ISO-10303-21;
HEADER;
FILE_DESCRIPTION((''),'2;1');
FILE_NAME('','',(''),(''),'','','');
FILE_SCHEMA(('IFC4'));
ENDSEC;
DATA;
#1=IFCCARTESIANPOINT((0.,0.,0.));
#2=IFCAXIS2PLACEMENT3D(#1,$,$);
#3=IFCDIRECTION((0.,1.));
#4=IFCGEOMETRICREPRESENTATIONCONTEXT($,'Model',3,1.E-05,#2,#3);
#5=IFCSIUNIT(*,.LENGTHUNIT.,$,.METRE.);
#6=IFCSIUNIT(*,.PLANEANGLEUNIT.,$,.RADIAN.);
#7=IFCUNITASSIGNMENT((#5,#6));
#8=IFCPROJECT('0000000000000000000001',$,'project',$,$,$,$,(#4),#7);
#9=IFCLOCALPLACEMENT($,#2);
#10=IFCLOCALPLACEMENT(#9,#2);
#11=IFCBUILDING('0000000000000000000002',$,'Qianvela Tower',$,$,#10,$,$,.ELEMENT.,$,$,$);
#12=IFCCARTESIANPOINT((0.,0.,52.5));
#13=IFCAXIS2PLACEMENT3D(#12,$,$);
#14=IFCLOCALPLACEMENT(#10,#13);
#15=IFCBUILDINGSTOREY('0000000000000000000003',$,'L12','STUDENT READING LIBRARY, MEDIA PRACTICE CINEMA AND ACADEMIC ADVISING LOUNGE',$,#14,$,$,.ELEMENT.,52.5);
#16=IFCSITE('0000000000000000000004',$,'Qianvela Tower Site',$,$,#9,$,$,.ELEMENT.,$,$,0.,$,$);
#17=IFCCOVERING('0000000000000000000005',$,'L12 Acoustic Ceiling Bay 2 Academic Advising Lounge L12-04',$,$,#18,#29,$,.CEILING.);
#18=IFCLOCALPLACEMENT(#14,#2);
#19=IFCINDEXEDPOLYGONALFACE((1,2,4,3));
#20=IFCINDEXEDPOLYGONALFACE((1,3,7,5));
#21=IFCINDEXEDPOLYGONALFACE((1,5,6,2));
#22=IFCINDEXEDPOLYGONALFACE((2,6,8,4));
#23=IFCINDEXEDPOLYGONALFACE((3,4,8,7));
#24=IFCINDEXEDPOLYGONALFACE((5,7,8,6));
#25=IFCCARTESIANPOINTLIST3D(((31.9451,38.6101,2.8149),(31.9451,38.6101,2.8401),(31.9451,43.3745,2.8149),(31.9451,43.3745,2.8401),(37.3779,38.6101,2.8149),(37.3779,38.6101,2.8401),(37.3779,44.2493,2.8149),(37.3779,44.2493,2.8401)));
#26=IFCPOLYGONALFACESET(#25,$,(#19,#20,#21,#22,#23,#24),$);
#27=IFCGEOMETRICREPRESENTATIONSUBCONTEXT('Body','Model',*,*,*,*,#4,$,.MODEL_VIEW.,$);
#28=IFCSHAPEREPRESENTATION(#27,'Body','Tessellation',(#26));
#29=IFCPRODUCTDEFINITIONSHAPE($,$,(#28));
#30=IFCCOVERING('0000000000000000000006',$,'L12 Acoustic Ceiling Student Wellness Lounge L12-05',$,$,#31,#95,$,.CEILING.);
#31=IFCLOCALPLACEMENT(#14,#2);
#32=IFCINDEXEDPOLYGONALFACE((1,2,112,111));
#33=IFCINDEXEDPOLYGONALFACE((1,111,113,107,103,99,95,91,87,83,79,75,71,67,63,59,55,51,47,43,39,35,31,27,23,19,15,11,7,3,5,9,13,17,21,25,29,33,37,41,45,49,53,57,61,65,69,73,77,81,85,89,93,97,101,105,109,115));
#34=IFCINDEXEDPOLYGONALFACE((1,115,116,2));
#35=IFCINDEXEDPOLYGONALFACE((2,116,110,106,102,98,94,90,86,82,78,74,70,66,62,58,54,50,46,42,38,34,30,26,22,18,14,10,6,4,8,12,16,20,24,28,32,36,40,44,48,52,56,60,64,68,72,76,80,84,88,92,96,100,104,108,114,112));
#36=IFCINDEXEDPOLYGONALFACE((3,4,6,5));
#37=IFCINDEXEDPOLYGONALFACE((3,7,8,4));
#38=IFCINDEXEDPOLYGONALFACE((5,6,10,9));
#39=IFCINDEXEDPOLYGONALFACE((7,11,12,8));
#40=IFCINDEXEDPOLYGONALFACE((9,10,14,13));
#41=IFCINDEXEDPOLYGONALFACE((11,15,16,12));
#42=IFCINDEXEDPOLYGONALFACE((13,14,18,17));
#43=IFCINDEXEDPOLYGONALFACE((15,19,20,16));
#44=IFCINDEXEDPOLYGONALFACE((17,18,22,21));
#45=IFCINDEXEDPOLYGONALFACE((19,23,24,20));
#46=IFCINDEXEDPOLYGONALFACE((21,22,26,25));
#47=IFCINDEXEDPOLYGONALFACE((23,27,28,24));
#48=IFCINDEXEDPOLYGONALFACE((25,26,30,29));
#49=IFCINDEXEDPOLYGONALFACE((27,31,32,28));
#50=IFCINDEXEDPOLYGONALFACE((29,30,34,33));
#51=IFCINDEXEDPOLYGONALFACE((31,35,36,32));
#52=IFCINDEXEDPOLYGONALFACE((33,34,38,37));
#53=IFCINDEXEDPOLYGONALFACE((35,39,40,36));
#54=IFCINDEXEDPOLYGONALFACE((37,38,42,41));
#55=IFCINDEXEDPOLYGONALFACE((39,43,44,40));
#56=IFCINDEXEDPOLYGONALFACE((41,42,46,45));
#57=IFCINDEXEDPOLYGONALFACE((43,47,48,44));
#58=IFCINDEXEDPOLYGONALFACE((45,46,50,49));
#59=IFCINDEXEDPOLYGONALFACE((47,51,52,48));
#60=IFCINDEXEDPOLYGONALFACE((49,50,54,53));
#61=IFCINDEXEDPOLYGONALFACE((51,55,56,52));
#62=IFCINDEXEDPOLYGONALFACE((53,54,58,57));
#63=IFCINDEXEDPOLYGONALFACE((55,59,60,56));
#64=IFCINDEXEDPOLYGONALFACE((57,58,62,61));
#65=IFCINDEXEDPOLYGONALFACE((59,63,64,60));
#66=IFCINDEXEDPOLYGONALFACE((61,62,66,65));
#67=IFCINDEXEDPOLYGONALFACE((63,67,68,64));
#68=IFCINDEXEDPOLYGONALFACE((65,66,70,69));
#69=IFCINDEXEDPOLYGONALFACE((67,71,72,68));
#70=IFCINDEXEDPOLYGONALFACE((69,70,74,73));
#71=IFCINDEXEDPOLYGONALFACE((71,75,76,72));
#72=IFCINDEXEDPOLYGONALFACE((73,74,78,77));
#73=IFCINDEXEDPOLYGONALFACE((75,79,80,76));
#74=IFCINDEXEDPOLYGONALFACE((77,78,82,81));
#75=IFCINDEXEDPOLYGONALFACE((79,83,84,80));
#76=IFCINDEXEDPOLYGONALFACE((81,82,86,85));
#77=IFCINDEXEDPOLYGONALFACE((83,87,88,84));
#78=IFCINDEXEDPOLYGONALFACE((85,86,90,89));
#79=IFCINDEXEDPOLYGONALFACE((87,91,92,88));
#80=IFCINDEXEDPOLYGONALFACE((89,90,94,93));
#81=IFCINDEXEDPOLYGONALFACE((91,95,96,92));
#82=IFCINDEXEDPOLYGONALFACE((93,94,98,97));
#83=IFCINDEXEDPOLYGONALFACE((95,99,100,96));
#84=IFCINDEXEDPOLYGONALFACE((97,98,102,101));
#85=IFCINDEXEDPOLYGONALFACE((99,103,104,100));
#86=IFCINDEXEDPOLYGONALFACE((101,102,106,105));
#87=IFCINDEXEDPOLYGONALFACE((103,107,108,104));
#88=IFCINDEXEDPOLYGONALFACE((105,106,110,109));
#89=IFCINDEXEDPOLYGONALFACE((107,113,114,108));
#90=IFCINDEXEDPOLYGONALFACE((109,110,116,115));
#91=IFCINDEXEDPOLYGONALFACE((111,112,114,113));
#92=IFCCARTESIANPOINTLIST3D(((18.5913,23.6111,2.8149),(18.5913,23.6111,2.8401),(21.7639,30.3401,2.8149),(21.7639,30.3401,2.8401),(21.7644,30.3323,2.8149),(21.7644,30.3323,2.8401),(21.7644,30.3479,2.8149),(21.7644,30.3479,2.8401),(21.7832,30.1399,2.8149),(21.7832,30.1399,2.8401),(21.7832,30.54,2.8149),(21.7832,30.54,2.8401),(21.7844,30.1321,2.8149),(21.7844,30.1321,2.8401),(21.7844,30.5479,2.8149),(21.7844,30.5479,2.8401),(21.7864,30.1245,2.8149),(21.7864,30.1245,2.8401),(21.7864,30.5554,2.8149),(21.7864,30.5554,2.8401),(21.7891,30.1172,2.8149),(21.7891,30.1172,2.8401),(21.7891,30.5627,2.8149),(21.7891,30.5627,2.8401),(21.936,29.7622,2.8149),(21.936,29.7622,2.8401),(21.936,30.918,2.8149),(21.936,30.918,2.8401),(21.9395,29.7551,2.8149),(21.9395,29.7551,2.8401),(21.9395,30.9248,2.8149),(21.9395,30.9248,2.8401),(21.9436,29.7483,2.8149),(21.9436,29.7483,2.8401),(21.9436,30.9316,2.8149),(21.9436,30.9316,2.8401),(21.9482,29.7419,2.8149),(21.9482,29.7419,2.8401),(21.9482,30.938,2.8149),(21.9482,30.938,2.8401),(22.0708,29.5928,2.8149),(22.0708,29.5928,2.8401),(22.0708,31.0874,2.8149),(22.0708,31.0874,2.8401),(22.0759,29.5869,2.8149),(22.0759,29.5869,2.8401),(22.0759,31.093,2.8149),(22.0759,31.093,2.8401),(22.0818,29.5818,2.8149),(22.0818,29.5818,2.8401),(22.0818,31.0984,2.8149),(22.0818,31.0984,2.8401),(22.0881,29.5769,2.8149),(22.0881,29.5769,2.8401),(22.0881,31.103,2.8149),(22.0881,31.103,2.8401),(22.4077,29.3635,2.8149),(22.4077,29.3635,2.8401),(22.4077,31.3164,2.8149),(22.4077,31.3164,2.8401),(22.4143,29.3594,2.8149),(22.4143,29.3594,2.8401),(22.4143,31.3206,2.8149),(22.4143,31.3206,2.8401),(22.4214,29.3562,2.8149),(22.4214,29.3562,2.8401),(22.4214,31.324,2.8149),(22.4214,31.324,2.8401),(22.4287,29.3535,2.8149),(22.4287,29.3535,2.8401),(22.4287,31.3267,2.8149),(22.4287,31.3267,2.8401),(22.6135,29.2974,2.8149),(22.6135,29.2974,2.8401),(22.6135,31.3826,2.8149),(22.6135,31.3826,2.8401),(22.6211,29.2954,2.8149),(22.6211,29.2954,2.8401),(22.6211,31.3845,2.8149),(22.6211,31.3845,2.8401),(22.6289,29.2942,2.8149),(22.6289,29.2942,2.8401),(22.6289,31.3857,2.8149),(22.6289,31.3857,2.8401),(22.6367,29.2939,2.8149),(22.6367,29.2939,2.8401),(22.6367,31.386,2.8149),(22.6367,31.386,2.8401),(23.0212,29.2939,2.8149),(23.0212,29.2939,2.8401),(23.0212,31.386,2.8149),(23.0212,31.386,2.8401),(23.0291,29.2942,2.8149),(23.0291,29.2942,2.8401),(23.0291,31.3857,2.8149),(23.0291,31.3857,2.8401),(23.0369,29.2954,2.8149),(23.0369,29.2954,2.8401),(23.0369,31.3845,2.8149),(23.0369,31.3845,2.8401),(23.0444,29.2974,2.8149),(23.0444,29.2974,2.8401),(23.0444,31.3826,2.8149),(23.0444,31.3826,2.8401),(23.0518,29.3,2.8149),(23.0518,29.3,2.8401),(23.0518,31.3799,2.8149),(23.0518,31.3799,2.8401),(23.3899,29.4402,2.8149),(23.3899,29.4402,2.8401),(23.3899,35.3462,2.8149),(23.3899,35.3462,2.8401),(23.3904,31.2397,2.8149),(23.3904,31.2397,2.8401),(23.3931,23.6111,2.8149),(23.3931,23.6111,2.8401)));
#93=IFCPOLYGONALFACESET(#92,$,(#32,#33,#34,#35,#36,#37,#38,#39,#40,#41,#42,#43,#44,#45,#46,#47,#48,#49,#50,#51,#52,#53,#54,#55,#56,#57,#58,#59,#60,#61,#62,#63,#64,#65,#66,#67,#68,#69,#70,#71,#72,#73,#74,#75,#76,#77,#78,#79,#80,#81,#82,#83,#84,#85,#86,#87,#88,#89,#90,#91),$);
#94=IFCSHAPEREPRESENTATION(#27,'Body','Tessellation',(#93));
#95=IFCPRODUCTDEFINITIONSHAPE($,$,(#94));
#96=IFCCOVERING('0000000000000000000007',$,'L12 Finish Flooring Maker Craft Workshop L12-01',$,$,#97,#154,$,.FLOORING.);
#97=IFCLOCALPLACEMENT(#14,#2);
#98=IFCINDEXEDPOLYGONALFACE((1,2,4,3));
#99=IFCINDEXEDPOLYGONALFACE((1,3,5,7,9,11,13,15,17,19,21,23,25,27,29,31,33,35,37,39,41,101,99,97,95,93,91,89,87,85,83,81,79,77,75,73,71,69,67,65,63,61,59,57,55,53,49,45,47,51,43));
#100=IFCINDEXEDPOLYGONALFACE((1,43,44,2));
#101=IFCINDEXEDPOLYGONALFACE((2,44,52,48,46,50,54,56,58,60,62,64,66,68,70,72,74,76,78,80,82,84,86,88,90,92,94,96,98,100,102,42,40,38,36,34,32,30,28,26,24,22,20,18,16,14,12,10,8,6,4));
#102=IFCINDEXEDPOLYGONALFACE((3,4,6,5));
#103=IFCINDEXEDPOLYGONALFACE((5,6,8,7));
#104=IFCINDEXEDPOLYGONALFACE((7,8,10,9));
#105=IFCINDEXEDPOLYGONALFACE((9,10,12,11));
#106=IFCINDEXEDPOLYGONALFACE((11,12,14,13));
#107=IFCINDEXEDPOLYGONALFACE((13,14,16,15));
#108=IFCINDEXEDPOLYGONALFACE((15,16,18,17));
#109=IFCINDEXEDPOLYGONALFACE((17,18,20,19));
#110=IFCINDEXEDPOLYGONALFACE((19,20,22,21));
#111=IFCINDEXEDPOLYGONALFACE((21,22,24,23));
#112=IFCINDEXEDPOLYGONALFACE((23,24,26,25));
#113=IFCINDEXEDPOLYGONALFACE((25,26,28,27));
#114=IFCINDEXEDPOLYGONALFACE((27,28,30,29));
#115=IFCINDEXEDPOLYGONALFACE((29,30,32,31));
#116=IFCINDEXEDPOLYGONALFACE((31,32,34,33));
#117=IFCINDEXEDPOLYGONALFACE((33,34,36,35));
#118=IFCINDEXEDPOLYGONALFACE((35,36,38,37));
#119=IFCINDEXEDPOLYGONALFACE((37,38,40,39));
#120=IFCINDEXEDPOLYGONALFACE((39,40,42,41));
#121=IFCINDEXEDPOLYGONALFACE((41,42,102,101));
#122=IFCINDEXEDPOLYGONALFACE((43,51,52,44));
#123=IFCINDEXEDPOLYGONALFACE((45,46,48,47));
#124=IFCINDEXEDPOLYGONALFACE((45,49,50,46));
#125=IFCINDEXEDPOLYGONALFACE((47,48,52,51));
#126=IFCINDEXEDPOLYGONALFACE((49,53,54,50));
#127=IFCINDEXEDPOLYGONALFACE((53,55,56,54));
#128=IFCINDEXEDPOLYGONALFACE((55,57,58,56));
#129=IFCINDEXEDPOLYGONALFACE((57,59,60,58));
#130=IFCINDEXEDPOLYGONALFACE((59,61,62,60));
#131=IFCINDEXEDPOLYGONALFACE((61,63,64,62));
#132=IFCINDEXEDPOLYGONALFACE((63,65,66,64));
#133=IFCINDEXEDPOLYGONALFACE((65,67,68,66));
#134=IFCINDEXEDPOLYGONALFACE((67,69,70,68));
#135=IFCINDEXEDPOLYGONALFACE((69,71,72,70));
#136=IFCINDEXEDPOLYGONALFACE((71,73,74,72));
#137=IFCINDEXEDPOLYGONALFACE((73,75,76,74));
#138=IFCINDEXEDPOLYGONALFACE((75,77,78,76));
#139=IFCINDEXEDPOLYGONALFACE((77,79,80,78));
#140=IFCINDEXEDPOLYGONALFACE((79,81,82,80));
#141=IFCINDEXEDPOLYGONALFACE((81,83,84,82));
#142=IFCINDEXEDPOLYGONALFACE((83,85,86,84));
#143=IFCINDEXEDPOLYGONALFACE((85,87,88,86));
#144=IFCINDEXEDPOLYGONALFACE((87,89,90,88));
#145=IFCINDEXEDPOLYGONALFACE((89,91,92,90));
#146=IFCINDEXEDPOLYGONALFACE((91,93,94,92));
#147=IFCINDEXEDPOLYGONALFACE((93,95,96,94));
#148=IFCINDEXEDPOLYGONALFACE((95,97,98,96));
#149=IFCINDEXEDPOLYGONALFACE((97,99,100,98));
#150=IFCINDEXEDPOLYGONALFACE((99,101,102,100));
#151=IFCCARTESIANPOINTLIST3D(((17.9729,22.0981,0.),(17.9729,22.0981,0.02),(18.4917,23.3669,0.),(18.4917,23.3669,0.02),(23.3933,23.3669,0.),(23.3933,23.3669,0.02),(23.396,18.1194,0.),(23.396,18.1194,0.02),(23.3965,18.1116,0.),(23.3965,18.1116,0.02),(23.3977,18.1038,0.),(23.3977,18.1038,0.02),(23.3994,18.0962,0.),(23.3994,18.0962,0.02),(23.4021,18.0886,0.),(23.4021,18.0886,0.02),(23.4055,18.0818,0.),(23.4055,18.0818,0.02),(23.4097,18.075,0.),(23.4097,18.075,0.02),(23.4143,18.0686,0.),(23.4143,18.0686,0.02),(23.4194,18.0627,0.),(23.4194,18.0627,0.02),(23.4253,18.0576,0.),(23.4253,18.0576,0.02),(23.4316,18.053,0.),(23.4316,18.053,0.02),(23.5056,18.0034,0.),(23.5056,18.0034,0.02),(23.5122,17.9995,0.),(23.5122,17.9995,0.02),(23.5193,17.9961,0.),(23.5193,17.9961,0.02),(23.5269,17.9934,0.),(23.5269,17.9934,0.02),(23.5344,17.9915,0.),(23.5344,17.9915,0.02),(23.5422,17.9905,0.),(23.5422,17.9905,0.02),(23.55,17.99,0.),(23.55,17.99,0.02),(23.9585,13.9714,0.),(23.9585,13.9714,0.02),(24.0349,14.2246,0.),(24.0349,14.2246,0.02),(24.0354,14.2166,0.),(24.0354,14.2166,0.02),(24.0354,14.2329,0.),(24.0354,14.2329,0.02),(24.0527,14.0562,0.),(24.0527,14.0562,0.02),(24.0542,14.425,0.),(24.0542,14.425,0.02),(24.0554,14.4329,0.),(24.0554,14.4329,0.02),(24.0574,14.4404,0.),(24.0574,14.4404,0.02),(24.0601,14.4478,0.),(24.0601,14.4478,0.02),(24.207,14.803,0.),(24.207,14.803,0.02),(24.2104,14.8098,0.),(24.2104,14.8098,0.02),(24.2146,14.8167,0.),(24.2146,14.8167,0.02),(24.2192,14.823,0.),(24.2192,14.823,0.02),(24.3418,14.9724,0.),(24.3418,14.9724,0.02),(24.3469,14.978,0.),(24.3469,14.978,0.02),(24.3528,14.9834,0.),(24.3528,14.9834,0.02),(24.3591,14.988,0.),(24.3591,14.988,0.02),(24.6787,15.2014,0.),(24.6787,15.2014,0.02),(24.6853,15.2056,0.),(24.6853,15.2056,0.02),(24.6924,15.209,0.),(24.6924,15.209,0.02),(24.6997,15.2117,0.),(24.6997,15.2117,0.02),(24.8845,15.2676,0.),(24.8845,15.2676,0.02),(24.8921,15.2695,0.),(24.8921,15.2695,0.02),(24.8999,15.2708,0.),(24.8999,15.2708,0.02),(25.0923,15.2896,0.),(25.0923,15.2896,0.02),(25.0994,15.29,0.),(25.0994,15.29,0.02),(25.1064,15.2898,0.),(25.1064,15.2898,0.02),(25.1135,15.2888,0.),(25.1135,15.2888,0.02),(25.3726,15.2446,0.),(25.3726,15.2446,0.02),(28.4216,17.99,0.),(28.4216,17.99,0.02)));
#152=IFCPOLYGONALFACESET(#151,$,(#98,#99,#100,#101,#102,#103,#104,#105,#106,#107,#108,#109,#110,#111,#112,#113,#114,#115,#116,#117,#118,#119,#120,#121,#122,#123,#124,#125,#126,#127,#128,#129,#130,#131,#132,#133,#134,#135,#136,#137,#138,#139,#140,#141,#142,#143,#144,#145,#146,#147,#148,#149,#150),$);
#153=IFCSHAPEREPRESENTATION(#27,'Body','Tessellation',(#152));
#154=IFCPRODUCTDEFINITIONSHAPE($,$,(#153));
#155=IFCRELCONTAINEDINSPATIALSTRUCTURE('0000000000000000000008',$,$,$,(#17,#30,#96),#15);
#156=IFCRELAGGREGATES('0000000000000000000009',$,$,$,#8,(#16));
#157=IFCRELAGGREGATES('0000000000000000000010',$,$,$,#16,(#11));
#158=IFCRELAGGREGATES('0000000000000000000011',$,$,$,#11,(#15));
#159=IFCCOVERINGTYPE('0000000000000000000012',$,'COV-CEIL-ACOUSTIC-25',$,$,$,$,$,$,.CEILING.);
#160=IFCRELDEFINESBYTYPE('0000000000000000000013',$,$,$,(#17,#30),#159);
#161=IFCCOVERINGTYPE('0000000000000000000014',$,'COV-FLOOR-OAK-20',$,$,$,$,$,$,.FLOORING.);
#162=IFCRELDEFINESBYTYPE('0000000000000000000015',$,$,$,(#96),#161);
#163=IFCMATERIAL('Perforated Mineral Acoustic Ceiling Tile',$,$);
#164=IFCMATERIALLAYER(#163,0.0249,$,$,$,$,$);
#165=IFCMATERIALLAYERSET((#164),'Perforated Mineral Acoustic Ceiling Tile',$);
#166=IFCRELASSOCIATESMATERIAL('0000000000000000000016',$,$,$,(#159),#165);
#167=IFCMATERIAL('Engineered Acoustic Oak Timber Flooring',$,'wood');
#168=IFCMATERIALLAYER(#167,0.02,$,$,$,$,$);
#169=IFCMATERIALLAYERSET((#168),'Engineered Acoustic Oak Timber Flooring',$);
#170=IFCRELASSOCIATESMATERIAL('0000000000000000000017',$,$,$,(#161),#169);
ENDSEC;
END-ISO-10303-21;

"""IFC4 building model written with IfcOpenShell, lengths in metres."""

from ifc_helpers import new_model, si_unit, direction, frame, origin, place, context, subcontext, project, spatial, polyline, outline, extrude, material, layer, layer_set, type_object, element, save


model = new_model("IFC4")

# Units and contexts
model_context = context("Model", 3, precision=1e-05, world=origin(), true_north=direction((0.0, 1.0)))
body_context = subcontext(model_context, "Body", "Model", "MODEL_VIEW")
ifc_project = project(units=[si_unit("LENGTHUNIT", "METRE"), si_unit("PLANEANGLEUNIT", "RADIAN")], contexts=[model_context])

# Site, building, storey
site_placement = place(None, origin())
site = spatial("IfcSite", under=ifc_project, at=site_placement, Name="Qianvela Tower Site", CompositionType="ELEMENT", RefElevation=0.0)
building_placement = place(site_placement, origin())
building = spatial("IfcBuilding", under=site, at=building_placement, Name="Qianvela Tower", CompositionType="ELEMENT")
storey_placement = place(building_placement, frame((0.0, 0.0, 52.5)))
storey = spatial("IfcBuildingStorey", under=building, at=storey_placement, Name="L12", Description="STUDENT READING LIBRARY, MEDIA PRACTICE CINEMA AND ACADEMIC ADVISING LOUNGE", CompositionType="ELEMENT", Elevation=52.5)

# Coverings
ifc_material_1 = material(Name="Perforated Mineral Acoustic Ceiling Tile")
ifc_layer_1 = layer(ifc_material_1, 0.0249)
ifc_layer_set_1 = layer_set([ifc_layer_1], Name="Perforated Mineral Acoustic Ceiling Tile")
covering_type_1 = type_object("IfcCoveringType", Name="COV-CEIL-ACOUSTIC-25", PredefinedType="CEILING", material=ifc_layer_set_1)
covering_1_placement = place(storey_placement, frame((0.0, 0.0, 2.8149)))
element("IfcCovering", 1, at=covering_1_placement, inside=storey, type_object=covering_type_1, Name="L12 Acoustic Ceiling Bay 2 Academic Advising Lounge L12-04", PredefinedType="CEILING", context=body_context, shape_type="SweptSolid", body=[
    extrude(outline(polyline([(37.3779, 44.2493), (37.3779, 38.6101), (31.9451, 38.6101), (31.9451, 43.3745), (37.3779, 44.2493)])), origin(), (0.0, 0.0, 1.0), 0.0251),
])
covering_2_placement = place(storey_placement, frame((0.0, 0.0, 2.8149)))
element("IfcCovering", 2, at=covering_2_placement, inside=storey, type_object=covering_type_1, Name="L12 Acoustic Ceiling Student Wellness Lounge L12-05", PredefinedType="CEILING", context=body_context, shape_type="SweptSolid", body=[
    extrude(outline(polyline([(23.3899, 29.4402), (23.3931, 23.6111), (18.5913, 23.6111), (23.3899, 35.3462), (23.3904, 31.2397), (23.0518, 31.3799), (23.0444, 31.3826), (23.0369, 31.3845), (23.0291, 31.3857), (23.0212, 31.386), (22.6367, 31.386), (22.6289, 31.3857), (22.6211, 31.3845), (22.6135, 31.3826), (22.4287, 31.3267), (22.4214, 31.324), (22.4143, 31.3206), (22.4077, 31.3164), (22.0881, 31.103), (22.0818, 31.0984), (22.0759, 31.093), (22.0708, 31.0874), (21.9482, 30.938), (21.9436, 30.9316), (21.9395, 30.9248), (21.936, 30.918), (21.7891, 30.5627), (21.7864, 30.5554), (21.7844, 30.5479), (21.7832, 30.54), (21.7644, 30.3479), (21.7639, 30.3401), (21.7644, 30.3323), (21.7832, 30.1399), (21.7844, 30.1321), (21.7864, 30.1245), (21.7891, 30.1172), (21.936, 29.7622), (21.9395, 29.7551), (21.9436, 29.7483), (21.9482, 29.7419), (22.0708, 29.5928), (22.0759, 29.5869), (22.0818, 29.5818), (22.0881, 29.5769), (22.4077, 29.3635), (22.4143, 29.3594), (22.4214, 29.3562), (22.4287, 29.3535), (22.6135, 29.2974), (22.6211, 29.2954), (22.6289, 29.2942), (22.6367, 29.2939), (23.0212, 29.2939), (23.0291, 29.2942), (23.0369, 29.2954), (23.0444, 29.2974), (23.0518, 29.3), (23.3899, 29.4402)])), origin(), (0.0, 0.0, 1.0), 0.0251),
])
ifc_material_2 = material(Name="Engineered Acoustic Oak Timber Flooring", Category="wood")
ifc_layer_2 = layer(ifc_material_2, 0.02)
ifc_layer_set_2 = layer_set([ifc_layer_2], Name="Engineered Acoustic Oak Timber Flooring")
covering_type_2 = type_object("IfcCoveringType", Name="COV-FLOOR-OAK-20", PredefinedType="FLOORING", material=ifc_layer_set_2)
covering_3_placement = place(storey_placement, origin())
element("IfcCovering", 3, at=covering_3_placement, inside=storey, type_object=covering_type_2, Name="L12 Finish Flooring Maker Craft Workshop L12-01", PredefinedType="FLOORING", context=body_context, shape_type="SweptSolid", body=[
    extrude(outline(polyline([(28.4216, 17.99), (25.3726, 15.2446), (25.1135, 15.2888), (25.1064, 15.2898), (25.0994, 15.29), (25.0923, 15.2896), (24.8999, 15.2708), (24.8921, 15.2695), (24.8845, 15.2676), (24.6997, 15.2117), (24.6924, 15.209), (24.6853, 15.2056), (24.6787, 15.2014), (24.3591, 14.988), (24.3528, 14.9834), (24.3469, 14.978), (24.3418, 14.9724), (24.2192, 14.823), (24.2146, 14.8167), (24.2104, 14.8098), (24.207, 14.803), (24.0601, 14.4478), (24.0574, 14.4404), (24.0554, 14.4329), (24.0542, 14.425), (24.0354, 14.2329), (24.0349, 14.2246), (24.0354, 14.2166), (24.0527, 14.0562), (23.9585, 13.9714), (17.9729, 22.0981), (18.4917, 23.3669), (23.3933, 23.3669), (23.396, 18.1194), (23.3965, 18.1116), (23.3977, 18.1038), (23.3994, 18.0962), (23.4021, 18.0886), (23.4055, 18.0818), (23.4097, 18.075), (23.4143, 18.0686), (23.4194, 18.0627), (23.4253, 18.0576), (23.4316, 18.053), (23.5056, 18.0034), (23.5122, 17.9995), (23.5193, 17.9961), (23.5269, 17.9934), (23.5344, 17.9915), (23.5422, 17.9905), (23.55, 17.99), (28.4216, 17.99)])), origin(), (0.0, 0.0, 1.0), 0.02),
])

save(model, "model.ifc")
